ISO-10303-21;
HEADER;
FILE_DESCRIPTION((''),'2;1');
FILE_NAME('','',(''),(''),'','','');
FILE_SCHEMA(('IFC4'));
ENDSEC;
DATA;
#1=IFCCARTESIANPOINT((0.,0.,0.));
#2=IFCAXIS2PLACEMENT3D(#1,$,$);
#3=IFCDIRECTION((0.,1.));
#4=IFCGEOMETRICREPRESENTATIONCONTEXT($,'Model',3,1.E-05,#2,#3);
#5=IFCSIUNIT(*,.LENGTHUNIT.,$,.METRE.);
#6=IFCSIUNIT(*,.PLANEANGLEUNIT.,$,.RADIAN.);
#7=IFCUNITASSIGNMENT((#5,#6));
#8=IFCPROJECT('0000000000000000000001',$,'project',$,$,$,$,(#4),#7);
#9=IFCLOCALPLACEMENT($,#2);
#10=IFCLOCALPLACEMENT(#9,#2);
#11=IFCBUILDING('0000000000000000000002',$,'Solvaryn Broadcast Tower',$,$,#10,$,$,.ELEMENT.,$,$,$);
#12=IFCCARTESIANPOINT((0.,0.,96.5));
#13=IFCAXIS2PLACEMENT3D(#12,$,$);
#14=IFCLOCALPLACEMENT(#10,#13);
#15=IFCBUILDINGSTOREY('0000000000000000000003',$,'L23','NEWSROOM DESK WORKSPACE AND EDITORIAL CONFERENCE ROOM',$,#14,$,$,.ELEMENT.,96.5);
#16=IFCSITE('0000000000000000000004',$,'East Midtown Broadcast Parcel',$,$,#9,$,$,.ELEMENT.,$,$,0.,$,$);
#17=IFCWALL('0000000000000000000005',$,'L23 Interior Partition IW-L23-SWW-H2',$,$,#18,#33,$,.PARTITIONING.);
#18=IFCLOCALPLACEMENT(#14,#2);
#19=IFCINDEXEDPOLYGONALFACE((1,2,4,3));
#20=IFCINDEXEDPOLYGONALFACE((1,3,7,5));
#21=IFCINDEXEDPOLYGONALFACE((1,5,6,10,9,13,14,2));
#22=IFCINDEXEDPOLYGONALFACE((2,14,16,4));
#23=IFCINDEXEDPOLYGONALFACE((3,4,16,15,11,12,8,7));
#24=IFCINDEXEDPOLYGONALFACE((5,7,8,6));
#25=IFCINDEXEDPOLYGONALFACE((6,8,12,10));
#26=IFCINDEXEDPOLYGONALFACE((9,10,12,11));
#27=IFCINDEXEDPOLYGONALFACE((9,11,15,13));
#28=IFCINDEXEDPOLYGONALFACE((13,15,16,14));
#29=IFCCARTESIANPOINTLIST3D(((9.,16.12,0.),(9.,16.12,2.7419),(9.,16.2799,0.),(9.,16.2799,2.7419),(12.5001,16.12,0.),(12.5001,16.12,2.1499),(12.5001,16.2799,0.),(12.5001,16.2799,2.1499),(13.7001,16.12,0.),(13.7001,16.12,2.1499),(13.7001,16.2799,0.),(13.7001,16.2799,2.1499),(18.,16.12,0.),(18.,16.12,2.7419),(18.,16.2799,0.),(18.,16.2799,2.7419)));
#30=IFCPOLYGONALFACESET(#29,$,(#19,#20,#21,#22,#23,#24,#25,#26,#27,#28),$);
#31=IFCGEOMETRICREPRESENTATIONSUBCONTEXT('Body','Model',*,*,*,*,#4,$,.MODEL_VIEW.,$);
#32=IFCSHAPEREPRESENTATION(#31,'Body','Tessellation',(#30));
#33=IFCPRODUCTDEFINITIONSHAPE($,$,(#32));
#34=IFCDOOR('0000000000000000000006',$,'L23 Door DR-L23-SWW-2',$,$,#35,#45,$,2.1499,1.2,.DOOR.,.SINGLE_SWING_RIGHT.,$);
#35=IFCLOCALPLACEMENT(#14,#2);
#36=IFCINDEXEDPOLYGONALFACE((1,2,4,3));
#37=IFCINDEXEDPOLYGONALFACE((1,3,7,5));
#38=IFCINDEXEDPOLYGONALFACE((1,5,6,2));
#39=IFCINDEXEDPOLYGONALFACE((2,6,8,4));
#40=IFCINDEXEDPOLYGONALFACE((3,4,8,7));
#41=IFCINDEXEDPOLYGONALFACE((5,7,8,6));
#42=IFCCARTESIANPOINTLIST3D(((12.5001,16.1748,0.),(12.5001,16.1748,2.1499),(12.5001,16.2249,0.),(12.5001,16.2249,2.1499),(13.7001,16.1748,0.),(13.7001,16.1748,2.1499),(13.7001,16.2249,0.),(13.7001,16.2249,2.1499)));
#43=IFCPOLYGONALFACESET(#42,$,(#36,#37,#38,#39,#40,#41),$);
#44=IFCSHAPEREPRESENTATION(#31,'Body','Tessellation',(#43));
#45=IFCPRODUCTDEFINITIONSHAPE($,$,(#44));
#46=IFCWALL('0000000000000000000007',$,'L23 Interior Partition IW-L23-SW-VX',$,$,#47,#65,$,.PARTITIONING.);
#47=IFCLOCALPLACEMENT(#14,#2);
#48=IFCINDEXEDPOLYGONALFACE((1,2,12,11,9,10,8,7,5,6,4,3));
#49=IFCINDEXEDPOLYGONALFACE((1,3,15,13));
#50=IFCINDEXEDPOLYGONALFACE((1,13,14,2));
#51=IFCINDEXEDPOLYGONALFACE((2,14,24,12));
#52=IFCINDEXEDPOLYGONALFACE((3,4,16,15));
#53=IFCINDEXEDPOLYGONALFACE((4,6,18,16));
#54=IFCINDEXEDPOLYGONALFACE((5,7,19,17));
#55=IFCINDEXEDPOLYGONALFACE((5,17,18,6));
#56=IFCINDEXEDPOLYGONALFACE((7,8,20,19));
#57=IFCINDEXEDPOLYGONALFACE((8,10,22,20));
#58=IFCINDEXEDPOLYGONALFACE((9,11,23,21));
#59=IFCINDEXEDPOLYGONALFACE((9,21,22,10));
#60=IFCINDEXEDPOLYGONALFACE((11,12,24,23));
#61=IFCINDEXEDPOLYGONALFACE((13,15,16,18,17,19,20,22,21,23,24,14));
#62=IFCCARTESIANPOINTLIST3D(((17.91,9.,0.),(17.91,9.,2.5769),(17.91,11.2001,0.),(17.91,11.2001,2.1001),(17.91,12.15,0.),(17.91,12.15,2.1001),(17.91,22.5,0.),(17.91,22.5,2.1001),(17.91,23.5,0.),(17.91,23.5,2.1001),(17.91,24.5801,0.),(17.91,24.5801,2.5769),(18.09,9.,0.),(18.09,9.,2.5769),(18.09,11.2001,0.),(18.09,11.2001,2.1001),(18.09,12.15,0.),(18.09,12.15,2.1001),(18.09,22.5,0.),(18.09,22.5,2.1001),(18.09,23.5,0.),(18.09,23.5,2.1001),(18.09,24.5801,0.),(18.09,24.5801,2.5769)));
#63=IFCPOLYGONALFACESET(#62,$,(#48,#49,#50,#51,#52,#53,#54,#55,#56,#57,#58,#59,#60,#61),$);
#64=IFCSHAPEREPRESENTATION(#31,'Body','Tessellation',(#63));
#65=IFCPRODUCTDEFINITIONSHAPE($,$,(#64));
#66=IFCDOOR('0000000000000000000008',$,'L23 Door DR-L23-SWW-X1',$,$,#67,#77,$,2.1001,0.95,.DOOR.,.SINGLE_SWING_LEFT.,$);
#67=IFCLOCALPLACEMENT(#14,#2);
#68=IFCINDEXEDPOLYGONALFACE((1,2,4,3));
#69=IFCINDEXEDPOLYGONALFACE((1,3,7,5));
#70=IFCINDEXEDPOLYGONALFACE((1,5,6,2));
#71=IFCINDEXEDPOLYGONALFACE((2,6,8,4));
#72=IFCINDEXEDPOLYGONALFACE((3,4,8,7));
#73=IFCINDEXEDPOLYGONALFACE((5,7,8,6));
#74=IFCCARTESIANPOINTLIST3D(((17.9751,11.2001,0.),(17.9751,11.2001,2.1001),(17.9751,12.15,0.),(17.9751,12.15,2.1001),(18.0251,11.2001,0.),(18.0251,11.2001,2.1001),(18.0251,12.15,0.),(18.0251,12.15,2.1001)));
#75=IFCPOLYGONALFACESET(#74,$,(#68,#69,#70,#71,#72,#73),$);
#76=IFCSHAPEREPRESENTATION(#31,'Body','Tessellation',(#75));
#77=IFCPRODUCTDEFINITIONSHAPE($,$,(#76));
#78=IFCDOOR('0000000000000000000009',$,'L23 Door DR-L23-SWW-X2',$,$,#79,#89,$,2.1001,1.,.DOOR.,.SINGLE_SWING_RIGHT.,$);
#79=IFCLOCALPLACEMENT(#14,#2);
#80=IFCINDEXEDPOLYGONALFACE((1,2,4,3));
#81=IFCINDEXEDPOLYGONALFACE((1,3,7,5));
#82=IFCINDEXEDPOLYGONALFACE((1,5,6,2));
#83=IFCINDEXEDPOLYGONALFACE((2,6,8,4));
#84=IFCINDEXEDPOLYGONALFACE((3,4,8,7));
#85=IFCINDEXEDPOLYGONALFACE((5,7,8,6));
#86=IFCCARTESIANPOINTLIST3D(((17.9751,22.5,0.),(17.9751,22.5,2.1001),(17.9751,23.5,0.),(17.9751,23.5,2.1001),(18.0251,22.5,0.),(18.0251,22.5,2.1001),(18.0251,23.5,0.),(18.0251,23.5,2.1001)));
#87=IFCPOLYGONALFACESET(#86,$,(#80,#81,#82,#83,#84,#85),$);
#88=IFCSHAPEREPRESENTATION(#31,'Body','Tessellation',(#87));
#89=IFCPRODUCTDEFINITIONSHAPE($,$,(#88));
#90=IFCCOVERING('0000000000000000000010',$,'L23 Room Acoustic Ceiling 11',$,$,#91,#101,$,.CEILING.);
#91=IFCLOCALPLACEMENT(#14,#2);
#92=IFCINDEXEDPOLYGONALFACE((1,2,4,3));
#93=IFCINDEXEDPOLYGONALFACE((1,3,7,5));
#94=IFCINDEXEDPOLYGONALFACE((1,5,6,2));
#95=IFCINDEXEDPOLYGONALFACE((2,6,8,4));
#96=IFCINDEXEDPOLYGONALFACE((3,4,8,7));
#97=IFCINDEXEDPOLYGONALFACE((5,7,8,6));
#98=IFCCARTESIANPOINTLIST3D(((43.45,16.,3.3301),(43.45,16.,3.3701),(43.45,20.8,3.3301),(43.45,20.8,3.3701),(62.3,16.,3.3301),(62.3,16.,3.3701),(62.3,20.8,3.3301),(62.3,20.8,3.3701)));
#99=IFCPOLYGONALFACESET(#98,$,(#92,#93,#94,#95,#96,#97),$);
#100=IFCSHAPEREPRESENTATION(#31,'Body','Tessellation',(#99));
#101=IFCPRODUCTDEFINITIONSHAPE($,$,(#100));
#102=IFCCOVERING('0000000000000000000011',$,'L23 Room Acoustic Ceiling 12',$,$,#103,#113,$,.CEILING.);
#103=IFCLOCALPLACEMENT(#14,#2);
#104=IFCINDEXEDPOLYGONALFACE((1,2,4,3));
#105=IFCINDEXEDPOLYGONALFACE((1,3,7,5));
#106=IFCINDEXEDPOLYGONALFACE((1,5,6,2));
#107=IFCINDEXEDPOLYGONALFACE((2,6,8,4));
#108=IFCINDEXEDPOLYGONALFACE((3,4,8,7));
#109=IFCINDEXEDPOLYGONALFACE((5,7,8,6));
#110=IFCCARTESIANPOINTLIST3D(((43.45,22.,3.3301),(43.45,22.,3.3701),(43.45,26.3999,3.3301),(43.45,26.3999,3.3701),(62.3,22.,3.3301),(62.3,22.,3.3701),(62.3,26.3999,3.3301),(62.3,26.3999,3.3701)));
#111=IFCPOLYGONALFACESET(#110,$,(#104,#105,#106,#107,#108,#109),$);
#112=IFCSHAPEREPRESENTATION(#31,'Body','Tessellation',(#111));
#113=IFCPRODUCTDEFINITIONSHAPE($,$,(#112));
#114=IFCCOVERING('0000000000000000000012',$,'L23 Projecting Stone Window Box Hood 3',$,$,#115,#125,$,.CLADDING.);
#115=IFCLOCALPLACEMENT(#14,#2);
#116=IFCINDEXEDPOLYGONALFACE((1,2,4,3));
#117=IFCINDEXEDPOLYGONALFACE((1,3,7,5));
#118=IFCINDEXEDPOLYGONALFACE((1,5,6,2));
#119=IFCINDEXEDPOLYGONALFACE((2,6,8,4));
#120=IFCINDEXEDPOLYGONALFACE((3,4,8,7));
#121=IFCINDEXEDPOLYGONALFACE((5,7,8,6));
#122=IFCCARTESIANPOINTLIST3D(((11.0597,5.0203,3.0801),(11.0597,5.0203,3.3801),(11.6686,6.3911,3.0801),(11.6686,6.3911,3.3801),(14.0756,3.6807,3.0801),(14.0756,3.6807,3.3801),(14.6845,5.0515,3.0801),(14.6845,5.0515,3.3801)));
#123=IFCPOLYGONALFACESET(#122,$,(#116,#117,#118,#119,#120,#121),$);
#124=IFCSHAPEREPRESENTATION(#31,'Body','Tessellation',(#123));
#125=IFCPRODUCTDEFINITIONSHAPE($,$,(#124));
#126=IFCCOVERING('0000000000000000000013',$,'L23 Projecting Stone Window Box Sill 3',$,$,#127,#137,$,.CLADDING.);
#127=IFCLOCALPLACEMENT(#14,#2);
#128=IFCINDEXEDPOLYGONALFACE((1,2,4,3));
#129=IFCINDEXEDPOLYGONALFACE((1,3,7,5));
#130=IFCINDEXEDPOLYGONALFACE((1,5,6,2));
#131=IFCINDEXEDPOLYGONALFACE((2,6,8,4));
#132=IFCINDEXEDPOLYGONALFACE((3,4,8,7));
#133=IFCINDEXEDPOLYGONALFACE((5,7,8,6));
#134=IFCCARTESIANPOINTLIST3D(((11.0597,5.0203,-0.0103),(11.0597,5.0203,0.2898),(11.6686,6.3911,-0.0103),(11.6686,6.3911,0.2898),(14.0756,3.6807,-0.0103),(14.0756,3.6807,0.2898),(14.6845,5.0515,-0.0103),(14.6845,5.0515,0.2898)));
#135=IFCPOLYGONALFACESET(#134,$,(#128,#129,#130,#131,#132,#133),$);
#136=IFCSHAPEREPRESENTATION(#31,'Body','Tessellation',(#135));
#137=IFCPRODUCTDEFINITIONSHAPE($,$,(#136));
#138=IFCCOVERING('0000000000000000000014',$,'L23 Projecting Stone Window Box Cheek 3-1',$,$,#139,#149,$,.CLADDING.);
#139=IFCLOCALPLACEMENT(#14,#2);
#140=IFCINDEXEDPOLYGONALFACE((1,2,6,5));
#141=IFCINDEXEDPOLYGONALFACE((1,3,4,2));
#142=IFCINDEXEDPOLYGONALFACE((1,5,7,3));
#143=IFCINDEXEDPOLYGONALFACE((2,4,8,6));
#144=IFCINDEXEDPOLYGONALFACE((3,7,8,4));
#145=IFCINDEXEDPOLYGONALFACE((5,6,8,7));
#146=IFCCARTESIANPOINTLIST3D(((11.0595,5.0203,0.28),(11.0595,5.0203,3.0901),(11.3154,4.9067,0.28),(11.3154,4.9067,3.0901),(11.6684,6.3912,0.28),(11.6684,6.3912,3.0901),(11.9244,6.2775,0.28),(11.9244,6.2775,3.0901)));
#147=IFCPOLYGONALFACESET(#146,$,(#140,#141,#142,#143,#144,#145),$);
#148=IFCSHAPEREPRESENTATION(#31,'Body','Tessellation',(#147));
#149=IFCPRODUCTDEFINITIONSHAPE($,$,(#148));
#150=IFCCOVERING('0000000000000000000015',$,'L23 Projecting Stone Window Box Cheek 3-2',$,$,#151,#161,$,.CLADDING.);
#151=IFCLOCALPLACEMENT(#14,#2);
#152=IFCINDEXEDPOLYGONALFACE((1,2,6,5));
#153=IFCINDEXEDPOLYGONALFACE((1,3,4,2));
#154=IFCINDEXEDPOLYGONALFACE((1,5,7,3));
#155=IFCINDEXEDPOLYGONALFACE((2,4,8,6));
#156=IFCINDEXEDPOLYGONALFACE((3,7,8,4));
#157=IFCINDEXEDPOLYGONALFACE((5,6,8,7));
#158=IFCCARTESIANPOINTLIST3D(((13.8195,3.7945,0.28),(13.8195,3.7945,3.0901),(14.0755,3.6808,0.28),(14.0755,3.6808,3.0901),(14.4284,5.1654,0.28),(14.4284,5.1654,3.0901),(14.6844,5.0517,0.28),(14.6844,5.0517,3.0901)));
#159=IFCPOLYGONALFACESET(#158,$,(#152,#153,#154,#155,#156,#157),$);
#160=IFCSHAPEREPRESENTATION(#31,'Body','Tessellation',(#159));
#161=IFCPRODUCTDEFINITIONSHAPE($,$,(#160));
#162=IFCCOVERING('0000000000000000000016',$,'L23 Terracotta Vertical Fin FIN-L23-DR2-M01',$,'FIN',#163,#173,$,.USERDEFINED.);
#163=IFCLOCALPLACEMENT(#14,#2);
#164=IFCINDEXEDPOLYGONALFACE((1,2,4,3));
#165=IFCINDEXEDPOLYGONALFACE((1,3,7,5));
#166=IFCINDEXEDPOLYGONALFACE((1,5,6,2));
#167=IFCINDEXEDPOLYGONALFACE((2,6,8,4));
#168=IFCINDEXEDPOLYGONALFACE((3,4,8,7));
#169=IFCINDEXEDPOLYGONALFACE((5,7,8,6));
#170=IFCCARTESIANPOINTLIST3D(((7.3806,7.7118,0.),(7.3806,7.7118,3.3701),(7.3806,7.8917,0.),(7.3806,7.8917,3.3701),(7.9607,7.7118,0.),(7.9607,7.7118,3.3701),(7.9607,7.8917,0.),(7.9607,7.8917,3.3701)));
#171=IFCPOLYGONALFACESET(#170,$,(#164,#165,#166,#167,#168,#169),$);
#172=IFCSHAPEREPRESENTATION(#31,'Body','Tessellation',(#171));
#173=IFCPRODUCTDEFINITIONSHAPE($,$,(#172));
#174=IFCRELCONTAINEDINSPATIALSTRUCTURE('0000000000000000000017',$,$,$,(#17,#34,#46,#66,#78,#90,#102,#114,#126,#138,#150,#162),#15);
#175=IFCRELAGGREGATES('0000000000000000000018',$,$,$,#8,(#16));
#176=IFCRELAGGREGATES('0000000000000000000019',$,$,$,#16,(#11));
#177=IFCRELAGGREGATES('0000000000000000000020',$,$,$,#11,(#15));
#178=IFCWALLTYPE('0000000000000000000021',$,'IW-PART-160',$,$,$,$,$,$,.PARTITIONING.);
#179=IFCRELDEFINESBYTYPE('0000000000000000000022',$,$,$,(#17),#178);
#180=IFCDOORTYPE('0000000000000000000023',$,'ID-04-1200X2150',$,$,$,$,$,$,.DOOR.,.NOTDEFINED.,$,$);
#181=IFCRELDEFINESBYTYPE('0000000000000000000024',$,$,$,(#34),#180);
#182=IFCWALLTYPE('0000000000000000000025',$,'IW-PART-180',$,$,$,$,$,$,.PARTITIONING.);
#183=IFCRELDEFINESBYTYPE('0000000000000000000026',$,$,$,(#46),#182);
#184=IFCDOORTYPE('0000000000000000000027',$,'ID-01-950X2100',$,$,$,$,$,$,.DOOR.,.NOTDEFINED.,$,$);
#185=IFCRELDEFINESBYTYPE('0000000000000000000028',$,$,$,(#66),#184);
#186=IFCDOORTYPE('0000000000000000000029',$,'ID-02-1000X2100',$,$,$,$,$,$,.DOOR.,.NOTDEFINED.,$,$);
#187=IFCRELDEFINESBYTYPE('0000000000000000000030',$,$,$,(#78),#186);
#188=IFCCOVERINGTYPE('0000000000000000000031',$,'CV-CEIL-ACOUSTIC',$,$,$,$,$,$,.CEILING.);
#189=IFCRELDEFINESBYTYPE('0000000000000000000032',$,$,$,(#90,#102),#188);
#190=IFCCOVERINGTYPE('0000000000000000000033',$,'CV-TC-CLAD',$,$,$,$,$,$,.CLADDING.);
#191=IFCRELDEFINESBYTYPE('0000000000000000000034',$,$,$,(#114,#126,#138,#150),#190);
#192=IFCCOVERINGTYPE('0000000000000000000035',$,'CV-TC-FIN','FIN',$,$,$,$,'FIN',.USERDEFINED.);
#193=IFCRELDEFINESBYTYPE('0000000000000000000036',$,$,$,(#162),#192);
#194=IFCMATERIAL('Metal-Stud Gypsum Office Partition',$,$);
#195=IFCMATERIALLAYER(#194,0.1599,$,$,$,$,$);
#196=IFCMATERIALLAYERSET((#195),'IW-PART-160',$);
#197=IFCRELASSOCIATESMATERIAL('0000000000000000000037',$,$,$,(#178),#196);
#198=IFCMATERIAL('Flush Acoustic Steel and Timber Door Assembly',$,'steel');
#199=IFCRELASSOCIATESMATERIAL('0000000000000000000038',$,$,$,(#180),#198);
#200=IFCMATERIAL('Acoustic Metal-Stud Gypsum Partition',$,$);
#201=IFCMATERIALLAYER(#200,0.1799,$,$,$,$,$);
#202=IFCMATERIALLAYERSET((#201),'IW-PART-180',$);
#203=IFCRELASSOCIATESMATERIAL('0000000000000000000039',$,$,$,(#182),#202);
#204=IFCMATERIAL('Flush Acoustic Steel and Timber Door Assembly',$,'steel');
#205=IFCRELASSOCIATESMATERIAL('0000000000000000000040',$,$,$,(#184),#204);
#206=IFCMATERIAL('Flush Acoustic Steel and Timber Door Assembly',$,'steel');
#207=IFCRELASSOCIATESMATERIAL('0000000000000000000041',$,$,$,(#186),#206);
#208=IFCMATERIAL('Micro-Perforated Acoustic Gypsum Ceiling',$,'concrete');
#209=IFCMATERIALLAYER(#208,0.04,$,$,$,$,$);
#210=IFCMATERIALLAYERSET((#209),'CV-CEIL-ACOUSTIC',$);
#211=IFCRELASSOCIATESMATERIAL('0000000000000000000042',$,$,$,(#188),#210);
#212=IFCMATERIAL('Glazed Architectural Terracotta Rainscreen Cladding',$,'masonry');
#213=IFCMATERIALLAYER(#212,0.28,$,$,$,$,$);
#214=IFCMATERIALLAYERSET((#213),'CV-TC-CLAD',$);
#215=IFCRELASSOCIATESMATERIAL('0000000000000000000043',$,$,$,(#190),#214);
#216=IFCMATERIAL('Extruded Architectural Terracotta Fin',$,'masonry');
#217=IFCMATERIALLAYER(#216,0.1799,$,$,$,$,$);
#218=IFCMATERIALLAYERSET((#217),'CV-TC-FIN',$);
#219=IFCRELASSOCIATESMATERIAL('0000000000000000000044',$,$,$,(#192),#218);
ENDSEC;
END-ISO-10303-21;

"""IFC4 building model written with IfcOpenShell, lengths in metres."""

from ifc_helpers import new_model, si_unit, direction, frame, frame_2d, origin, origin_2d, place, context, subcontext, project, spatial, polyline, rectangle, outline, extrude, material, layer, layer_set, type_object, element, fill, save


model = new_model("IFC4")

# Units and contexts
model_context = context("Model", 3, precision=1e-05, world=origin(), true_north=direction((0.0, 1.0)))
body_context = subcontext(model_context, "Body", "Model", "MODEL_VIEW")
ifc_project = project(units=[si_unit("LENGTHUNIT", "METRE"), si_unit("PLANEANGLEUNIT", "RADIAN")], contexts=[model_context])

# Site, building, storey
site_placement = place(None, origin())
site = spatial("IfcSite", under=ifc_project, at=site_placement, Name="East Midtown Broadcast Parcel", CompositionType="ELEMENT", RefElevation=0.0)
building_placement = place(site_placement, origin())
building = spatial("IfcBuilding", under=site, at=building_placement, Name="Solvaryn Broadcast Tower", CompositionType="ELEMENT")
storey_placement = place(building_placement, frame((0.0, 0.0, 96.5)))
storey = spatial("IfcBuildingStorey", under=building, at=storey_placement, Name="L23", Description="NEWSROOM DESK WORKSPACE AND EDITORIAL CONFERENCE ROOM", CompositionType="ELEMENT", Elevation=96.5)

# Shared definitions
ifc_material_1 = material(Name="Metal-Stud Gypsum Office Partition")
ifc_layer_1 = layer(ifc_material_1, 0.1599)
ifc_layer_set_1 = layer_set([ifc_layer_1], Name="IW-PART-160")
wall_type_1 = type_object("IfcWallType", Name="IW-PART-160", PredefinedType="PARTITIONING", material=ifc_layer_set_1)
ifc_material_2 = material(Name="Flush Acoustic Steel and Timber Door Assembly", Category="steel")
door_type_1 = type_object("IfcDoorType", Name="ID-04-1200X2150", OperationType="NOTDEFINED", PredefinedType="DOOR", material=ifc_material_2)

# Wall, opening, door
wall_1_placement = place(storey_placement, frame((9.0, 16.2, 0.0), z_axis=(0.0, 0.0, 1.0), x_axis=(1.0, 0.0, 0.0)))
wall_1 = element("IfcWall", 1, at=wall_1_placement, inside=storey, type_object=wall_type_1, Name="L23 Interior Partition IW-L23-SWW-H2", PredefinedType="PARTITIONING", context=body_context, shape_type="SweptSolid", body=[
    extrude(rectangle(XDim=9.0, YDim=0.1599, at=frame_2d((4.5, 0.0))), origin(), (0.0, 0.0, 1.0), 2.7419),
])
opening_1_placement = place(wall_1_placement, frame((3.5, 0.0, 0.0)))
opening_1 = element("IfcOpeningElement", 2, at=opening_1_placement, cuts=wall_1, PredefinedType="OPENING", context=body_context, shape_type="SweptSolid", body=[
    extrude(rectangle(XDim=1.2, YDim=2.1499, at=frame_2d((0.6001, 1.075))), frame((0.0, 0.0901, 0.0), z_axis=(0.0, -1.0, 0.0), x_axis=(1.0, 0.0, 0.0)), (0.0, 0.0, 1.0), 0.1799),
])
door_1_placement = place(opening_1_placement, origin())
door_1 = element("IfcDoor", 3, at=door_1_placement, inside=storey, type_object=door_type_1, Name="L23 Door DR-L23-SWW-2", OperationType="SINGLE_SWING_RIGHT", OverallHeight=2.1499, OverallWidth=1.2, PredefinedType="DOOR", context=body_context, shape_type="SweptSolid", body=[
    extrude(rectangle(XDim=1.2, YDim=2.1499, at=frame_2d((0.6001, 1.075))), frame((0.0, 0.0249, 0.0), z_axis=(0.0, -1.0, 0.0), x_axis=(1.0, 0.0, 0.0)), (0.0, 0.0, 1.0), 0.05),
])
fill(opening_1, door_1)

# Wall, openings, doors
ifc_material_3 = material(Name="Acoustic Metal-Stud Gypsum Partition")
ifc_layer_2 = layer(ifc_material_3, 0.1799)
ifc_layer_set_2 = layer_set([ifc_layer_2], Name="IW-PART-180")
wall_type_2 = type_object("IfcWallType", Name="IW-PART-180", PredefinedType="PARTITIONING", material=ifc_layer_set_2)
wall_2_placement = place(storey_placement, frame((18.0, 9.0, 0.0), z_axis=(0.0, 0.0, 1.0), x_axis=(0.0, 1.0, 0.0)))
wall_2 = element("IfcWall", 4, at=wall_2_placement, inside=storey, type_object=wall_type_2, Name="L23 Interior Partition IW-L23-SW-VX", PredefinedType="PARTITIONING", context=body_context, shape_type="SweptSolid", body=[
    extrude(rectangle(XDim=15.5801, YDim=0.1799, at=frame_2d((7.79, 0.0))), origin(), (0.0, 0.0, 1.0), 2.5769),
])
opening_2_placement = place(wall_2_placement, frame((2.2, 0.0, 0.0)))
opening_2 = element("IfcOpeningElement", 5, at=opening_2_placement, cuts=wall_2, PredefinedType="OPENING", context=body_context, shape_type="SweptSolid", body=[
    extrude(rectangle(XDim=0.95, YDim=2.1001, at=frame_2d((0.4751, 1.05))), frame((0.0, 0.0999, 0.0), z_axis=(0.0, -1.0, 0.0), x_axis=(1.0, 0.0, 0.0)), (0.0, 0.0, 1.0), 0.2),
])
opening_3_placement = place(wall_2_placement, frame((13.5, 0.0, 0.0)))
opening_3 = element("IfcOpeningElement", 6, at=opening_3_placement, cuts=wall_2, PredefinedType="OPENING", context=body_context, shape_type="SweptSolid", body=[
    extrude(rectangle(XDim=1.0, YDim=2.1001, at=frame_2d((0.5, 1.05))), frame((0.0, 0.0999, 0.0), z_axis=(0.0, -1.0, 0.0), x_axis=(1.0, 0.0, 0.0)), (0.0, 0.0, 1.0), 0.2),
])
ifc_material_4 = material(Name="Flush Acoustic Steel and Timber Door Assembly", Category="steel")
door_type_2 = type_object("IfcDoorType", Name="ID-01-950X2100", OperationType="NOTDEFINED", PredefinedType="DOOR", material=ifc_material_4)
door_2_placement = place(opening_2_placement, origin())
door_2 = element("IfcDoor", 7, at=door_2_placement, inside=storey, type_object=door_type_2, Name="L23 Door DR-L23-SWW-X1", OperationType="SINGLE_SWING_LEFT", OverallHeight=2.1001, OverallWidth=0.95, PredefinedType="DOOR", context=body_context, shape_type="SweptSolid", body=[
    extrude(rectangle(XDim=0.95, YDim=2.1001, at=frame_2d((0.4751, 1.05))), frame((0.0, 0.0249, 0.0), z_axis=(0.0, -1.0, 0.0), x_axis=(1.0, 0.0, 0.0)), (0.0, 0.0, 1.0), 0.05),
])
fill(opening_2, door_2)
ifc_material_5 = material(Name="Flush Acoustic Steel and Timber Door Assembly", Category="steel")
door_type_3 = type_object("IfcDoorType", Name="ID-02-1000X2100", OperationType="NOTDEFINED", PredefinedType="DOOR", material=ifc_material_5)
door_3_placement = place(opening_3_placement, origin())
door_3 = element("IfcDoor", 8, at=door_3_placement, inside=storey, type_object=door_type_3, Name="L23 Door DR-L23-SWW-X2", OperationType="SINGLE_SWING_RIGHT", OverallHeight=2.1001, OverallWidth=1.0, PredefinedType="DOOR", context=body_context, shape_type="SweptSolid", body=[
    extrude(rectangle(XDim=1.0, YDim=2.1001, at=frame_2d((0.5, 1.05))), frame((0.0, 0.0249, 0.0), z_axis=(0.0, -1.0, 0.0), x_axis=(1.0, 0.0, 0.0)), (0.0, 0.0, 1.0), 0.05),
])
fill(opening_3, door_3)

# Coverings
ifc_material_6 = material(Name="Micro-Perforated Acoustic Gypsum Ceiling", Category="concrete")
ifc_layer_3 = layer(ifc_material_6, 0.04)
ifc_layer_set_3 = layer_set([ifc_layer_3], Name="CV-CEIL-ACOUSTIC")
covering_type_1 = type_object("IfcCoveringType", Name="CV-CEIL-ACOUSTIC", PredefinedType="CEILING", material=ifc_layer_set_3)
covering_1_placement = place(storey_placement, frame((0.0, 0.0, 3.3301)))
element("IfcCovering", 9, at=covering_1_placement, inside=storey, type_object=covering_type_1, Name="L23 Room Acoustic Ceiling 11", PredefinedType="CEILING", context=body_context, shape_type="SweptSolid", body=[
    extrude(outline(polyline([(43.45, 16.0), (62.3, 16.0), (62.3, 20.8), (43.45, 20.8), (43.45, 16.0)])), origin(), (0.0, 0.0, 1.0), 0.04),
])
covering_2_placement = place(storey_placement, frame((0.0, 0.0, 3.3301)))
element("IfcCovering", 10, at=covering_2_placement, inside=storey, type_object=covering_type_1, Name="L23 Room Acoustic Ceiling 12", PredefinedType="CEILING", context=body_context, shape_type="SweptSolid", body=[
    extrude(outline(polyline([(43.45, 22.0), (62.3, 22.0), (62.3, 26.3999), (43.45, 26.3999), (43.45, 22.0)])), origin(), (0.0, 0.0, 1.0), 0.04),
])
ifc_material_7 = material(Name="Glazed Architectural Terracotta Rainscreen Cladding", Category="masonry")
ifc_layer_4 = layer(ifc_material_7, 0.28)
ifc_layer_set_4 = layer_set([ifc_layer_4], Name="CV-TC-CLAD")
covering_type_2 = type_object("IfcCoveringType", Name="CV-TC-CLAD", PredefinedType="CLADDING", material=ifc_layer_set_4)
for number, where, z_axis, x_axis, name in (
    (11, (12.8721, 5.0359, 3.0801), (0.0, 0.0, 1.0), (0.9139, -0.405939, 0.0), "L23 Projecting Stone Window Box Hood 3"),
    (12, (12.8721, 5.0359, -0.0103), (0.0, 0.0, 1.0), (0.9139, -0.405939, 0.0), "L23 Projecting Stone Window Box Sill 3"),
):
    element("IfcCovering", number, at=place(storey_placement, frame(where, z_axis=z_axis, x_axis=x_axis)), inside=storey, type_object=covering_type_2, Name=name, PredefinedType="CLADDING", context=body_context, shape_type="SweptSolid", body=[
        extrude(rectangle(XDim=3.3, YDim=1.5, at=origin_2d()), origin(), (0.0, 0.0, 1.0), 0.3),
    ])
for number, where, z_axis, x_axis, name in (
    (13, (11.4919, 5.6489, 0.28), (0.0, 0.0, 1.0), (0.9139, -0.405939, 0.0), "L23 Projecting Stone Window Box Cheek 3-1"),
    (14, (14.252, 4.4231, 0.28), (0.0, 0.0, 1.0), (0.9139, -0.405939, 0.0), "L23 Projecting Stone Window Box Cheek 3-2"),
):
    element("IfcCovering", number, at=place(storey_placement, frame(where, z_axis=z_axis, x_axis=x_axis)), inside=storey, type_object=covering_type_2, Name=name, PredefinedType="CLADDING", context=body_context, shape_type="SweptSolid", body=[
        extrude(rectangle(XDim=0.28, YDim=1.5, at=origin_2d()), origin(), (0.0, 0.0, 1.0), 2.8101),
    ])
ifc_material_8 = material(Name="Extruded Architectural Terracotta Fin", Category="masonry")
ifc_layer_5 = layer(ifc_material_8, 0.1799)
ifc_layer_set_5 = layer_set([ifc_layer_5], Name="CV-TC-FIN")
covering_type_3 = type_object("IfcCoveringType", Name="CV-TC-FIN", Description="FIN", ElementType="FIN", PredefinedType="USERDEFINED", material=ifc_layer_set_5)
covering_3_placement = place(storey_placement, frame((7.6707, 7.8018, 0.0), z_axis=(0.0, 0.0, 1.0), x_axis=(1.0, 0.0, 0.0)))
element("IfcCovering", 15, at=covering_3_placement, inside=storey, type_object=covering_type_3, Name="L23 Terracotta Vertical Fin FIN-L23-DR2-M01", ObjectType="FIN", PredefinedType="USERDEFINED", context=body_context, shape_type="SweptSolid", body=[
    extrude(rectangle(XDim=0.5801, YDim=0.1799, at=origin_2d()), origin(), (0.0, 0.0, 1.0), 3.3701),
])

save(model, "model.ifc")
